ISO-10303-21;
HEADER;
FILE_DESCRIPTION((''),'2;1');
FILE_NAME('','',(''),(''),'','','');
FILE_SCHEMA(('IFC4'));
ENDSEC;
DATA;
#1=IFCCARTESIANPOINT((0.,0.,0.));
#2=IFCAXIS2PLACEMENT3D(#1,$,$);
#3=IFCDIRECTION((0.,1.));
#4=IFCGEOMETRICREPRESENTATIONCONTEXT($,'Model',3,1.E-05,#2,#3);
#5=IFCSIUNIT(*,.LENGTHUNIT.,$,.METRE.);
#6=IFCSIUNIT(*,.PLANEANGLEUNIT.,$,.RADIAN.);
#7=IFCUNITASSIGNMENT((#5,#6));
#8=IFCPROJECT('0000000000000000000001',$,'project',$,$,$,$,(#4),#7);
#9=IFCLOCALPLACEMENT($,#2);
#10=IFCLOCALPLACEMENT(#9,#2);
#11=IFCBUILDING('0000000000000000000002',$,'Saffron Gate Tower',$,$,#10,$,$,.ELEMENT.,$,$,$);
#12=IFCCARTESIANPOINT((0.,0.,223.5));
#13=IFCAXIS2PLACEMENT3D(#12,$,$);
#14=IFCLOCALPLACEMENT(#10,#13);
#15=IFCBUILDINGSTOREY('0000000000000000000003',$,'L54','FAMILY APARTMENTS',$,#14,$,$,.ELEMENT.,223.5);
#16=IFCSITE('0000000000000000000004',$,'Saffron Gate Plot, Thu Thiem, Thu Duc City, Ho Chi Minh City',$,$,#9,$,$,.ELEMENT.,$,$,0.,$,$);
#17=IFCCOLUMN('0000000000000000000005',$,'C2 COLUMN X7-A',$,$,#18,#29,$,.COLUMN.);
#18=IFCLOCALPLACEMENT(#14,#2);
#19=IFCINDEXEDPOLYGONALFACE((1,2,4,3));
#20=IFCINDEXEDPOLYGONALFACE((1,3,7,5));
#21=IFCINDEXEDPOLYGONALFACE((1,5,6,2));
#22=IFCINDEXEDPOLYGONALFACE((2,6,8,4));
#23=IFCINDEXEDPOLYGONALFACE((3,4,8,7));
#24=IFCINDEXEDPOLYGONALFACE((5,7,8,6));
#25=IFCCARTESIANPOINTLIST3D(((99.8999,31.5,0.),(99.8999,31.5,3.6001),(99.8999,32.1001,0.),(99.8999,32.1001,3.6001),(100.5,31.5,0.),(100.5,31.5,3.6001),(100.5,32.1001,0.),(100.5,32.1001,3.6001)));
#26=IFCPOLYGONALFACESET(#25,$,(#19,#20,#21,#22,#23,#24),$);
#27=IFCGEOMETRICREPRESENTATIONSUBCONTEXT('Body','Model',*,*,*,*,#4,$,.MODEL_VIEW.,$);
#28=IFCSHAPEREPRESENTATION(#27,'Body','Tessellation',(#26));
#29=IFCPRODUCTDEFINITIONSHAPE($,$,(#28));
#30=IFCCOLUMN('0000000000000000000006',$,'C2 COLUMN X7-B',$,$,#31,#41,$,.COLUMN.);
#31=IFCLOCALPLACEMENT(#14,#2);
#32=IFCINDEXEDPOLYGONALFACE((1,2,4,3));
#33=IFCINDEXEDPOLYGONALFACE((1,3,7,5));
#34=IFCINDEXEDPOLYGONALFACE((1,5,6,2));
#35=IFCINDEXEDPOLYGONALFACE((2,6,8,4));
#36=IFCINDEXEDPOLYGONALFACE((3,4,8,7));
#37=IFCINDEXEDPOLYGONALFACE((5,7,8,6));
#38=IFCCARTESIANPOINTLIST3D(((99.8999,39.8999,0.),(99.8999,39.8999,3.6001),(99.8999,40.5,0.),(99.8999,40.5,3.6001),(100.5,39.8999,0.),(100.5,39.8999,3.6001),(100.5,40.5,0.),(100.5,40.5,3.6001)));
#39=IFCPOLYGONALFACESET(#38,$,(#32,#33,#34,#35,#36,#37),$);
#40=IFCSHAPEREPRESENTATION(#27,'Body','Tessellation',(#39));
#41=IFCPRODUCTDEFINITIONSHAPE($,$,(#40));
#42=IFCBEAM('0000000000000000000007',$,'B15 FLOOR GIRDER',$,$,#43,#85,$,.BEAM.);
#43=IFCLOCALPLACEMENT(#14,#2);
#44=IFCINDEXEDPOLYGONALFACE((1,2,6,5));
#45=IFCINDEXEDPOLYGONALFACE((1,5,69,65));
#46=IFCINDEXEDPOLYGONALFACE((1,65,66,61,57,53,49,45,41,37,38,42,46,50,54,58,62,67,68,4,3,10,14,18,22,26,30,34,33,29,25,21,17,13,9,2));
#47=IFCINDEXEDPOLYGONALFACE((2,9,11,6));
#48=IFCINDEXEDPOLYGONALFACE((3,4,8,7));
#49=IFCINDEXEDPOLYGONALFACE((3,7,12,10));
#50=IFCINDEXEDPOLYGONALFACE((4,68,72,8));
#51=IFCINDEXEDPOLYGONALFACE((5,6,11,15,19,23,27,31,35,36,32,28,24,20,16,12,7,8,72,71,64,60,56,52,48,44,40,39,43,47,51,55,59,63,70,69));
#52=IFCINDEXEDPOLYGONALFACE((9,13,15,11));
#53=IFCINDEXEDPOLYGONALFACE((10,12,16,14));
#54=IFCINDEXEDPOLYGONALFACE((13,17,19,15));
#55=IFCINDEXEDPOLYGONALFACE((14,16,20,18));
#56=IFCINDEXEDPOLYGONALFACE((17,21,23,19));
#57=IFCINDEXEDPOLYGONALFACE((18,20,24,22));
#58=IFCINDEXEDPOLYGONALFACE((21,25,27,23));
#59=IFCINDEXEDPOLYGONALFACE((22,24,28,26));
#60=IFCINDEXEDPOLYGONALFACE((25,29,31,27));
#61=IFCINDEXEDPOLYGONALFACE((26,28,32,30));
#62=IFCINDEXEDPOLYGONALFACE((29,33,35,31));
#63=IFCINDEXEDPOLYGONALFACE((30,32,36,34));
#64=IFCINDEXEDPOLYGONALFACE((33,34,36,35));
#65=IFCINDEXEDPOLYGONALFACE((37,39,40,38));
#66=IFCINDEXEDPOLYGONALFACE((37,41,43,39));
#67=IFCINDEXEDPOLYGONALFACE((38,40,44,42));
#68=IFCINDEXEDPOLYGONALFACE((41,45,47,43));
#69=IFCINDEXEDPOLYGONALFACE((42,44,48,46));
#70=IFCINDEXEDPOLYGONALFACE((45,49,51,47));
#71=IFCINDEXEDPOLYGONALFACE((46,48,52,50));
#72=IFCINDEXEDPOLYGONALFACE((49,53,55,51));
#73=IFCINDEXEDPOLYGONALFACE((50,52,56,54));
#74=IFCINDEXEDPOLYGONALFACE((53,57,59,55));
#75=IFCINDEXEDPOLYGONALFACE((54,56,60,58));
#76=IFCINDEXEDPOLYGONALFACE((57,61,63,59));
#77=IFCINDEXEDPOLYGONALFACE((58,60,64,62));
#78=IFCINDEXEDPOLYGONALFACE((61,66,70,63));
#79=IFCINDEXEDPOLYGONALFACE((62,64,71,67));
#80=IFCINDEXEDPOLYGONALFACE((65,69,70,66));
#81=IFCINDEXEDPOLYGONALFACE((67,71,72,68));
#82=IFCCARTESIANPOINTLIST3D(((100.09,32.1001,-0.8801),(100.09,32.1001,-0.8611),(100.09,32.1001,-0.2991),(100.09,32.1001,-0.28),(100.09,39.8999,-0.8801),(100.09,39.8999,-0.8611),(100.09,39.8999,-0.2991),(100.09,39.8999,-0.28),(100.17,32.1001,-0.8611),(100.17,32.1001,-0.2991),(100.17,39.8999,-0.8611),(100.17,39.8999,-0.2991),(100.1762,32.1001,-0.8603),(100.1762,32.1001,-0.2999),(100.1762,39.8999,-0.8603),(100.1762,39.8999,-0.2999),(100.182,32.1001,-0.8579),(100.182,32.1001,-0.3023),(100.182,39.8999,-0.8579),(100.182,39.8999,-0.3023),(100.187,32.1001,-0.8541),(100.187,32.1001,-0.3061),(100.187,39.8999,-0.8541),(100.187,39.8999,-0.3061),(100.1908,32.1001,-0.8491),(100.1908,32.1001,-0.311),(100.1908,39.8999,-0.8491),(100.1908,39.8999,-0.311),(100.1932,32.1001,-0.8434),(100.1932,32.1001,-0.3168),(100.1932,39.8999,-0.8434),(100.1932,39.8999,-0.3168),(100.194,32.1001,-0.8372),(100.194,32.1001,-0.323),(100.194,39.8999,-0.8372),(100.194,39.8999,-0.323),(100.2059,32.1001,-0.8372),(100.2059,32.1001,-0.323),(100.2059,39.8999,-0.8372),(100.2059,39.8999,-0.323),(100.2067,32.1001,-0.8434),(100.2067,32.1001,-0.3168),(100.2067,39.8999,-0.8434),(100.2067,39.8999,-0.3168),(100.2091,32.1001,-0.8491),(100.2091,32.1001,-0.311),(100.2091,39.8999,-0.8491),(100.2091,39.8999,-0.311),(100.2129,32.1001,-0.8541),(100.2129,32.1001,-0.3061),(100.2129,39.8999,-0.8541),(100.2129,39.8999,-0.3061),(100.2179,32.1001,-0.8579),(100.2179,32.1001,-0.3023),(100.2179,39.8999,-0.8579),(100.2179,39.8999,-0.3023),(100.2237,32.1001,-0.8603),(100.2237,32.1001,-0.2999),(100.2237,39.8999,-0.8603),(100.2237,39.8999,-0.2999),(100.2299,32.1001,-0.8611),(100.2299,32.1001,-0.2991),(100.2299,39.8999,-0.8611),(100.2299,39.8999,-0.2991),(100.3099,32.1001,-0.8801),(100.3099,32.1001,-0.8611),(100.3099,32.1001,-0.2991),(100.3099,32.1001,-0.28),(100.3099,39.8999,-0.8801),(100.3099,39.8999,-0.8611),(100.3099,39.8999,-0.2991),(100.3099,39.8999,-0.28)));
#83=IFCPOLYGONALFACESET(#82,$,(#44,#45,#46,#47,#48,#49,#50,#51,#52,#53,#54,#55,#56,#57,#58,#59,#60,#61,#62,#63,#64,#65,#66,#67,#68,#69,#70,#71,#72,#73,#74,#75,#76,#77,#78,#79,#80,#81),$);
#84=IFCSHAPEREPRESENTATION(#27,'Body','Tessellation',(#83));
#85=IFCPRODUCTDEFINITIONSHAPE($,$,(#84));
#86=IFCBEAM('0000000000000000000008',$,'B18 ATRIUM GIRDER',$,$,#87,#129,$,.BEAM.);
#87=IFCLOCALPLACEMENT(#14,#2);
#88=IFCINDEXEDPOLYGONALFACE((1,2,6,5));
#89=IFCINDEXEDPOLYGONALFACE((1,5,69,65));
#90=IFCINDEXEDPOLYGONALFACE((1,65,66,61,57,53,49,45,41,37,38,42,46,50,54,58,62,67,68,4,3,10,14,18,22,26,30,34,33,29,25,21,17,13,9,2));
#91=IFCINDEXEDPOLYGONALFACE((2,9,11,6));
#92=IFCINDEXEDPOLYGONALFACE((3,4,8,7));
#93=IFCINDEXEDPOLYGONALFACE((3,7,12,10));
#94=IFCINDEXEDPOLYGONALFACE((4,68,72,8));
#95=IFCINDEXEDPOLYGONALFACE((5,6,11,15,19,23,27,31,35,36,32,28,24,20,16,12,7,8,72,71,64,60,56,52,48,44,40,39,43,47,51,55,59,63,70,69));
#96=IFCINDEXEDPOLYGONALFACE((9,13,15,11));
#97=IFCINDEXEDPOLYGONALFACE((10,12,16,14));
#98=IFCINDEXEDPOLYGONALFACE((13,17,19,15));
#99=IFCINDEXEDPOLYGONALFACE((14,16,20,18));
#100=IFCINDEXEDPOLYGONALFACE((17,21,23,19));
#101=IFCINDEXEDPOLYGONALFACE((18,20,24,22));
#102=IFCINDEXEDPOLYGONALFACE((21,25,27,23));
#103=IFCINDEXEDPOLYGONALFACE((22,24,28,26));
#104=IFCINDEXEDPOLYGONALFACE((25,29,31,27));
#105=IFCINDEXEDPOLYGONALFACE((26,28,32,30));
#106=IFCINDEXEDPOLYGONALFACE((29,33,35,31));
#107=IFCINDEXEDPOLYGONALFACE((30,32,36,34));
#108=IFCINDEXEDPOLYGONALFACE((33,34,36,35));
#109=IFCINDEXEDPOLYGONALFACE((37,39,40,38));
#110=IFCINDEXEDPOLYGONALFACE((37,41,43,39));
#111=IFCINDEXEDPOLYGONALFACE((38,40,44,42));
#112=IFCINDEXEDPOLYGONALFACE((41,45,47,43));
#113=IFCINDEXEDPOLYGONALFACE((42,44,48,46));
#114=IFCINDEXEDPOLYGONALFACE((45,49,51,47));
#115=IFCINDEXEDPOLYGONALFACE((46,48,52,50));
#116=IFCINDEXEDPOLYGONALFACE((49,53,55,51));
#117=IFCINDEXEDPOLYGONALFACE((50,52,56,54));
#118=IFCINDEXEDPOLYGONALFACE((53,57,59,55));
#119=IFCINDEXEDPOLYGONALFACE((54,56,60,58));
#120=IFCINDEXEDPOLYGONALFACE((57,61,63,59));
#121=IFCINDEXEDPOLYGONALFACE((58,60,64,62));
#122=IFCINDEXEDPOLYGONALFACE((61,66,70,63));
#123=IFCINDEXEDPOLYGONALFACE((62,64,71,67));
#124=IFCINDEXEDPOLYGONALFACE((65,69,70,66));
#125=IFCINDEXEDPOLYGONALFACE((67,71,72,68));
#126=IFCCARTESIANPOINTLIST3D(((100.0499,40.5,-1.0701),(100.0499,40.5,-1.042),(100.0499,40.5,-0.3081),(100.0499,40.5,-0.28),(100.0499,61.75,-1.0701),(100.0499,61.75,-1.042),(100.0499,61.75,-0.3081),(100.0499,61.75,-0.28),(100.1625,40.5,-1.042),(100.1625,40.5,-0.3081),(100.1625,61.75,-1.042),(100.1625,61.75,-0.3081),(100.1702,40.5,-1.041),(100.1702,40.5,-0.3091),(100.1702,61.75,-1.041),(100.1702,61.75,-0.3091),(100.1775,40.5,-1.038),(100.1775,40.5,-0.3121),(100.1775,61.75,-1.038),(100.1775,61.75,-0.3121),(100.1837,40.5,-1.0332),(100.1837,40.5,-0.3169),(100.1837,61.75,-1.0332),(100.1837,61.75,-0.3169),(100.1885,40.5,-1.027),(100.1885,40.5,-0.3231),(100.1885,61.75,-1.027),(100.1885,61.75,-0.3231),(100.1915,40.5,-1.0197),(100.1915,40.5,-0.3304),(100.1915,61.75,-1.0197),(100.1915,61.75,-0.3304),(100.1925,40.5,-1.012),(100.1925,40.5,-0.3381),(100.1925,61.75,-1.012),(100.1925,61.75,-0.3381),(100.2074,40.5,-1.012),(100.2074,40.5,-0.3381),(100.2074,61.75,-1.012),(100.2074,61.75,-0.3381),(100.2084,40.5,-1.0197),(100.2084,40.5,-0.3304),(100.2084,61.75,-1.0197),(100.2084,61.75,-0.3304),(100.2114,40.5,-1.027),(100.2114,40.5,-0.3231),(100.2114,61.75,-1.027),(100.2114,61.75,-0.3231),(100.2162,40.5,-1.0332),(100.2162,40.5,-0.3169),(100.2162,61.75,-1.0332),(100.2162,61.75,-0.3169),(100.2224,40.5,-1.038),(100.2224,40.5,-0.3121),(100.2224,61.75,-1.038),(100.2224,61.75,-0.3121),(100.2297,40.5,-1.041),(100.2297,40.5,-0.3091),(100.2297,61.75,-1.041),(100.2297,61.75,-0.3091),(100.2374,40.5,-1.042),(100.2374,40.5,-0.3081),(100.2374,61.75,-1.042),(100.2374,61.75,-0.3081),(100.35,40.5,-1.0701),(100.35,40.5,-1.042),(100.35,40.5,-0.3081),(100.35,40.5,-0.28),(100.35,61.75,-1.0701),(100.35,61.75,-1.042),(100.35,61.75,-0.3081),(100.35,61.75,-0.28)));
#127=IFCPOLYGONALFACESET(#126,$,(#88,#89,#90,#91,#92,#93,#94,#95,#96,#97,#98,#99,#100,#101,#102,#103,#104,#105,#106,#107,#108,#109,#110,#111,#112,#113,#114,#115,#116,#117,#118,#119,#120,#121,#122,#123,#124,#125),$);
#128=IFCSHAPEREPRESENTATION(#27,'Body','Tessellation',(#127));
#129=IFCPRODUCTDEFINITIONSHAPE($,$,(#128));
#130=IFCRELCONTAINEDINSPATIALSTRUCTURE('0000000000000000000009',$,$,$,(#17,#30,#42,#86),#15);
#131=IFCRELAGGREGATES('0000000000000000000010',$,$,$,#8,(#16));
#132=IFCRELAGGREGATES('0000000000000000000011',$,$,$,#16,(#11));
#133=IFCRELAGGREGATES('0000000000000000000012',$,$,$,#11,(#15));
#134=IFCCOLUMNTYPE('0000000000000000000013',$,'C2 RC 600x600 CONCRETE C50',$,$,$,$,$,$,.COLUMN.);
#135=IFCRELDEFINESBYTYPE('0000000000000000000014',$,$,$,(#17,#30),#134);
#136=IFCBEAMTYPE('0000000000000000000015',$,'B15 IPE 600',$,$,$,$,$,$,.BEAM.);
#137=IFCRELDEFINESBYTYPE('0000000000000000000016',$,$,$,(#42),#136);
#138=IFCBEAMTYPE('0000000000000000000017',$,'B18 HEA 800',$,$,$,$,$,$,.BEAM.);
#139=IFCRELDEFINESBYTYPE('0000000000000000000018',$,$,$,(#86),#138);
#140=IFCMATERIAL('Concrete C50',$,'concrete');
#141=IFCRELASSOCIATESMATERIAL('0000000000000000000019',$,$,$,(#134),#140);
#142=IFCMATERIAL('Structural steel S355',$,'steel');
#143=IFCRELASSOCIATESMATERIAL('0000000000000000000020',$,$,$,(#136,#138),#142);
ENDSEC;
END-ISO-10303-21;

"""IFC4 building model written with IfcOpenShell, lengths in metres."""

from ifc_helpers import new_model, si_unit, direction, frame, origin, origin_2d, place, context, subcontext, project, spatial, rectangle, i_section, extrude, material, material_profile, profile_set, type_object, element, save


model = new_model("IFC4")

# Units and contexts
model_context = context("Model", 3, precision=1e-05, world=origin(), true_north=direction((0.0, 1.0)))
body_context = subcontext(model_context, "Body", "Model", "MODEL_VIEW")
ifc_project = project(units=[si_unit("LENGTHUNIT", "METRE"), si_unit("PLANEANGLEUNIT", "RADIAN")], contexts=[model_context])

# Site, building, storey
site_placement = place(None, origin())
site = spatial("IfcSite", under=ifc_project, at=site_placement, Name="Saffron Gate Plot, Thu Thiem, Thu Duc City, Ho Chi Minh City", CompositionType="ELEMENT", RefElevation=0.0)
building_placement = place(site_placement, origin())
building = spatial("IfcBuilding", under=site, at=building_placement, Name="Saffron Gate Tower", CompositionType="ELEMENT")
storey_placement = place(building_placement, frame((0.0, 0.0, 223.5)))
storey = spatial("IfcBuildingStorey", under=building, at=storey_placement, Name="L54", Description="FAMILY APARTMENTS", CompositionType="ELEMENT", Elevation=223.5)

# Columns
ifc_material_1 = material(Name="Concrete C50", Category="concrete")
ifc_material_profile_1 = material_profile(ifc_material_1, rectangle(XDim=0.6001, YDim=0.6001, at=origin_2d()))
ifc_profile_set_1 = profile_set([ifc_material_profile_1], Name="Concrete C50")
column_type = type_object("IfcColumnType", Name="C2 RC 600x600 CONCRETE C50", PredefinedType="COLUMN", material=ifc_profile_set_1)
for number, where, z_axis, x_axis, name in (
    (1, (100.2, 31.8, 0.0), (0.0, 0.0, 1.0), (1.0, 0.0, 0.0), "C2 COLUMN X7-A"),
    (2, (100.2, 40.2, 0.0), (0.0, 0.0, 1.0), (1.0, 0.0, 0.0), "C2 COLUMN X7-B"),
):
    element("IfcColumn", number, at=place(storey_placement, frame(where, z_axis=z_axis, x_axis=x_axis)), inside=storey, type_object=column_type, Name=name, PredefinedType="COLUMN", context=body_context, shape_type="SweptSolid", body=[
        extrude(rectangle(XDim=0.6001, YDim=0.6001, at=origin_2d()), origin(), (0.0, 0.0, 1.0), 3.6001),
    ])

# Beams
ifc_material_2 = material(Name="Structural steel S355", Category="steel")
ifc_material_profile_2 = material_profile(ifc_material_2, i_section(OverallWidth=0.22, OverallDepth=0.6001, WebThickness=0.012, FlangeThickness=0.019, FilletRadius=0.0239, at=origin_2d()))
ifc_profile_set_2 = profile_set([ifc_material_profile_2], Name="Structural steel S355")
beam_type_1 = type_object("IfcBeamType", Name="B15 IPE 600", PredefinedType="BEAM", material=ifc_profile_set_2)
beam_1_placement = place(storey_placement, frame((100.2, 32.1001, -0.5801), z_axis=(0.0, 1.0, 0.0), x_axis=(-1.0, 0.0, 0.0)))
element("IfcBeam", 3, at=beam_1_placement, inside=storey, type_object=beam_type_1, Name="B15 FLOOR GIRDER", PredefinedType="BEAM", context=body_context, shape_type="SweptSolid", body=[
    extrude(i_section(OverallWidth=0.22, OverallDepth=0.6001, WebThickness=0.012, FlangeThickness=0.019, FilletRadius=0.0239, at=origin_2d()), origin(), (0.0, 0.0, 1.0), 7.7998),
])
ifc_material_profile_3 = material_profile(ifc_material_2, i_section(OverallWidth=0.3, OverallDepth=0.79, WebThickness=0.0149, FlangeThickness=0.0281, FilletRadius=0.03, at=origin_2d()))
ifc_profile_set_3 = profile_set([ifc_material_profile_3], Name="Structural steel S355")
beam_type_2 = type_object("IfcBeamType", Name="B18 HEA 800", PredefinedType="BEAM", material=ifc_profile_set_3)
beam_2_placement = place(storey_placement, frame((100.2, 40.5, -0.675), z_axis=(0.0, 1.0, 0.0), x_axis=(-1.0, 0.0, 0.0)))
element("IfcBeam", 4, at=beam_2_placement, inside=storey, type_object=beam_type_2, Name="B18 ATRIUM GIRDER", PredefinedType="BEAM", context=body_context, shape_type="SweptSolid", body=[
    extrude(i_section(OverallWidth=0.3, OverallDepth=0.79, WebThickness=0.0149, FlangeThickness=0.0281, FilletRadius=0.03, at=origin_2d()), origin(), (0.0, 0.0, 1.0), 21.25),
])

save(model, "model.ifc")
